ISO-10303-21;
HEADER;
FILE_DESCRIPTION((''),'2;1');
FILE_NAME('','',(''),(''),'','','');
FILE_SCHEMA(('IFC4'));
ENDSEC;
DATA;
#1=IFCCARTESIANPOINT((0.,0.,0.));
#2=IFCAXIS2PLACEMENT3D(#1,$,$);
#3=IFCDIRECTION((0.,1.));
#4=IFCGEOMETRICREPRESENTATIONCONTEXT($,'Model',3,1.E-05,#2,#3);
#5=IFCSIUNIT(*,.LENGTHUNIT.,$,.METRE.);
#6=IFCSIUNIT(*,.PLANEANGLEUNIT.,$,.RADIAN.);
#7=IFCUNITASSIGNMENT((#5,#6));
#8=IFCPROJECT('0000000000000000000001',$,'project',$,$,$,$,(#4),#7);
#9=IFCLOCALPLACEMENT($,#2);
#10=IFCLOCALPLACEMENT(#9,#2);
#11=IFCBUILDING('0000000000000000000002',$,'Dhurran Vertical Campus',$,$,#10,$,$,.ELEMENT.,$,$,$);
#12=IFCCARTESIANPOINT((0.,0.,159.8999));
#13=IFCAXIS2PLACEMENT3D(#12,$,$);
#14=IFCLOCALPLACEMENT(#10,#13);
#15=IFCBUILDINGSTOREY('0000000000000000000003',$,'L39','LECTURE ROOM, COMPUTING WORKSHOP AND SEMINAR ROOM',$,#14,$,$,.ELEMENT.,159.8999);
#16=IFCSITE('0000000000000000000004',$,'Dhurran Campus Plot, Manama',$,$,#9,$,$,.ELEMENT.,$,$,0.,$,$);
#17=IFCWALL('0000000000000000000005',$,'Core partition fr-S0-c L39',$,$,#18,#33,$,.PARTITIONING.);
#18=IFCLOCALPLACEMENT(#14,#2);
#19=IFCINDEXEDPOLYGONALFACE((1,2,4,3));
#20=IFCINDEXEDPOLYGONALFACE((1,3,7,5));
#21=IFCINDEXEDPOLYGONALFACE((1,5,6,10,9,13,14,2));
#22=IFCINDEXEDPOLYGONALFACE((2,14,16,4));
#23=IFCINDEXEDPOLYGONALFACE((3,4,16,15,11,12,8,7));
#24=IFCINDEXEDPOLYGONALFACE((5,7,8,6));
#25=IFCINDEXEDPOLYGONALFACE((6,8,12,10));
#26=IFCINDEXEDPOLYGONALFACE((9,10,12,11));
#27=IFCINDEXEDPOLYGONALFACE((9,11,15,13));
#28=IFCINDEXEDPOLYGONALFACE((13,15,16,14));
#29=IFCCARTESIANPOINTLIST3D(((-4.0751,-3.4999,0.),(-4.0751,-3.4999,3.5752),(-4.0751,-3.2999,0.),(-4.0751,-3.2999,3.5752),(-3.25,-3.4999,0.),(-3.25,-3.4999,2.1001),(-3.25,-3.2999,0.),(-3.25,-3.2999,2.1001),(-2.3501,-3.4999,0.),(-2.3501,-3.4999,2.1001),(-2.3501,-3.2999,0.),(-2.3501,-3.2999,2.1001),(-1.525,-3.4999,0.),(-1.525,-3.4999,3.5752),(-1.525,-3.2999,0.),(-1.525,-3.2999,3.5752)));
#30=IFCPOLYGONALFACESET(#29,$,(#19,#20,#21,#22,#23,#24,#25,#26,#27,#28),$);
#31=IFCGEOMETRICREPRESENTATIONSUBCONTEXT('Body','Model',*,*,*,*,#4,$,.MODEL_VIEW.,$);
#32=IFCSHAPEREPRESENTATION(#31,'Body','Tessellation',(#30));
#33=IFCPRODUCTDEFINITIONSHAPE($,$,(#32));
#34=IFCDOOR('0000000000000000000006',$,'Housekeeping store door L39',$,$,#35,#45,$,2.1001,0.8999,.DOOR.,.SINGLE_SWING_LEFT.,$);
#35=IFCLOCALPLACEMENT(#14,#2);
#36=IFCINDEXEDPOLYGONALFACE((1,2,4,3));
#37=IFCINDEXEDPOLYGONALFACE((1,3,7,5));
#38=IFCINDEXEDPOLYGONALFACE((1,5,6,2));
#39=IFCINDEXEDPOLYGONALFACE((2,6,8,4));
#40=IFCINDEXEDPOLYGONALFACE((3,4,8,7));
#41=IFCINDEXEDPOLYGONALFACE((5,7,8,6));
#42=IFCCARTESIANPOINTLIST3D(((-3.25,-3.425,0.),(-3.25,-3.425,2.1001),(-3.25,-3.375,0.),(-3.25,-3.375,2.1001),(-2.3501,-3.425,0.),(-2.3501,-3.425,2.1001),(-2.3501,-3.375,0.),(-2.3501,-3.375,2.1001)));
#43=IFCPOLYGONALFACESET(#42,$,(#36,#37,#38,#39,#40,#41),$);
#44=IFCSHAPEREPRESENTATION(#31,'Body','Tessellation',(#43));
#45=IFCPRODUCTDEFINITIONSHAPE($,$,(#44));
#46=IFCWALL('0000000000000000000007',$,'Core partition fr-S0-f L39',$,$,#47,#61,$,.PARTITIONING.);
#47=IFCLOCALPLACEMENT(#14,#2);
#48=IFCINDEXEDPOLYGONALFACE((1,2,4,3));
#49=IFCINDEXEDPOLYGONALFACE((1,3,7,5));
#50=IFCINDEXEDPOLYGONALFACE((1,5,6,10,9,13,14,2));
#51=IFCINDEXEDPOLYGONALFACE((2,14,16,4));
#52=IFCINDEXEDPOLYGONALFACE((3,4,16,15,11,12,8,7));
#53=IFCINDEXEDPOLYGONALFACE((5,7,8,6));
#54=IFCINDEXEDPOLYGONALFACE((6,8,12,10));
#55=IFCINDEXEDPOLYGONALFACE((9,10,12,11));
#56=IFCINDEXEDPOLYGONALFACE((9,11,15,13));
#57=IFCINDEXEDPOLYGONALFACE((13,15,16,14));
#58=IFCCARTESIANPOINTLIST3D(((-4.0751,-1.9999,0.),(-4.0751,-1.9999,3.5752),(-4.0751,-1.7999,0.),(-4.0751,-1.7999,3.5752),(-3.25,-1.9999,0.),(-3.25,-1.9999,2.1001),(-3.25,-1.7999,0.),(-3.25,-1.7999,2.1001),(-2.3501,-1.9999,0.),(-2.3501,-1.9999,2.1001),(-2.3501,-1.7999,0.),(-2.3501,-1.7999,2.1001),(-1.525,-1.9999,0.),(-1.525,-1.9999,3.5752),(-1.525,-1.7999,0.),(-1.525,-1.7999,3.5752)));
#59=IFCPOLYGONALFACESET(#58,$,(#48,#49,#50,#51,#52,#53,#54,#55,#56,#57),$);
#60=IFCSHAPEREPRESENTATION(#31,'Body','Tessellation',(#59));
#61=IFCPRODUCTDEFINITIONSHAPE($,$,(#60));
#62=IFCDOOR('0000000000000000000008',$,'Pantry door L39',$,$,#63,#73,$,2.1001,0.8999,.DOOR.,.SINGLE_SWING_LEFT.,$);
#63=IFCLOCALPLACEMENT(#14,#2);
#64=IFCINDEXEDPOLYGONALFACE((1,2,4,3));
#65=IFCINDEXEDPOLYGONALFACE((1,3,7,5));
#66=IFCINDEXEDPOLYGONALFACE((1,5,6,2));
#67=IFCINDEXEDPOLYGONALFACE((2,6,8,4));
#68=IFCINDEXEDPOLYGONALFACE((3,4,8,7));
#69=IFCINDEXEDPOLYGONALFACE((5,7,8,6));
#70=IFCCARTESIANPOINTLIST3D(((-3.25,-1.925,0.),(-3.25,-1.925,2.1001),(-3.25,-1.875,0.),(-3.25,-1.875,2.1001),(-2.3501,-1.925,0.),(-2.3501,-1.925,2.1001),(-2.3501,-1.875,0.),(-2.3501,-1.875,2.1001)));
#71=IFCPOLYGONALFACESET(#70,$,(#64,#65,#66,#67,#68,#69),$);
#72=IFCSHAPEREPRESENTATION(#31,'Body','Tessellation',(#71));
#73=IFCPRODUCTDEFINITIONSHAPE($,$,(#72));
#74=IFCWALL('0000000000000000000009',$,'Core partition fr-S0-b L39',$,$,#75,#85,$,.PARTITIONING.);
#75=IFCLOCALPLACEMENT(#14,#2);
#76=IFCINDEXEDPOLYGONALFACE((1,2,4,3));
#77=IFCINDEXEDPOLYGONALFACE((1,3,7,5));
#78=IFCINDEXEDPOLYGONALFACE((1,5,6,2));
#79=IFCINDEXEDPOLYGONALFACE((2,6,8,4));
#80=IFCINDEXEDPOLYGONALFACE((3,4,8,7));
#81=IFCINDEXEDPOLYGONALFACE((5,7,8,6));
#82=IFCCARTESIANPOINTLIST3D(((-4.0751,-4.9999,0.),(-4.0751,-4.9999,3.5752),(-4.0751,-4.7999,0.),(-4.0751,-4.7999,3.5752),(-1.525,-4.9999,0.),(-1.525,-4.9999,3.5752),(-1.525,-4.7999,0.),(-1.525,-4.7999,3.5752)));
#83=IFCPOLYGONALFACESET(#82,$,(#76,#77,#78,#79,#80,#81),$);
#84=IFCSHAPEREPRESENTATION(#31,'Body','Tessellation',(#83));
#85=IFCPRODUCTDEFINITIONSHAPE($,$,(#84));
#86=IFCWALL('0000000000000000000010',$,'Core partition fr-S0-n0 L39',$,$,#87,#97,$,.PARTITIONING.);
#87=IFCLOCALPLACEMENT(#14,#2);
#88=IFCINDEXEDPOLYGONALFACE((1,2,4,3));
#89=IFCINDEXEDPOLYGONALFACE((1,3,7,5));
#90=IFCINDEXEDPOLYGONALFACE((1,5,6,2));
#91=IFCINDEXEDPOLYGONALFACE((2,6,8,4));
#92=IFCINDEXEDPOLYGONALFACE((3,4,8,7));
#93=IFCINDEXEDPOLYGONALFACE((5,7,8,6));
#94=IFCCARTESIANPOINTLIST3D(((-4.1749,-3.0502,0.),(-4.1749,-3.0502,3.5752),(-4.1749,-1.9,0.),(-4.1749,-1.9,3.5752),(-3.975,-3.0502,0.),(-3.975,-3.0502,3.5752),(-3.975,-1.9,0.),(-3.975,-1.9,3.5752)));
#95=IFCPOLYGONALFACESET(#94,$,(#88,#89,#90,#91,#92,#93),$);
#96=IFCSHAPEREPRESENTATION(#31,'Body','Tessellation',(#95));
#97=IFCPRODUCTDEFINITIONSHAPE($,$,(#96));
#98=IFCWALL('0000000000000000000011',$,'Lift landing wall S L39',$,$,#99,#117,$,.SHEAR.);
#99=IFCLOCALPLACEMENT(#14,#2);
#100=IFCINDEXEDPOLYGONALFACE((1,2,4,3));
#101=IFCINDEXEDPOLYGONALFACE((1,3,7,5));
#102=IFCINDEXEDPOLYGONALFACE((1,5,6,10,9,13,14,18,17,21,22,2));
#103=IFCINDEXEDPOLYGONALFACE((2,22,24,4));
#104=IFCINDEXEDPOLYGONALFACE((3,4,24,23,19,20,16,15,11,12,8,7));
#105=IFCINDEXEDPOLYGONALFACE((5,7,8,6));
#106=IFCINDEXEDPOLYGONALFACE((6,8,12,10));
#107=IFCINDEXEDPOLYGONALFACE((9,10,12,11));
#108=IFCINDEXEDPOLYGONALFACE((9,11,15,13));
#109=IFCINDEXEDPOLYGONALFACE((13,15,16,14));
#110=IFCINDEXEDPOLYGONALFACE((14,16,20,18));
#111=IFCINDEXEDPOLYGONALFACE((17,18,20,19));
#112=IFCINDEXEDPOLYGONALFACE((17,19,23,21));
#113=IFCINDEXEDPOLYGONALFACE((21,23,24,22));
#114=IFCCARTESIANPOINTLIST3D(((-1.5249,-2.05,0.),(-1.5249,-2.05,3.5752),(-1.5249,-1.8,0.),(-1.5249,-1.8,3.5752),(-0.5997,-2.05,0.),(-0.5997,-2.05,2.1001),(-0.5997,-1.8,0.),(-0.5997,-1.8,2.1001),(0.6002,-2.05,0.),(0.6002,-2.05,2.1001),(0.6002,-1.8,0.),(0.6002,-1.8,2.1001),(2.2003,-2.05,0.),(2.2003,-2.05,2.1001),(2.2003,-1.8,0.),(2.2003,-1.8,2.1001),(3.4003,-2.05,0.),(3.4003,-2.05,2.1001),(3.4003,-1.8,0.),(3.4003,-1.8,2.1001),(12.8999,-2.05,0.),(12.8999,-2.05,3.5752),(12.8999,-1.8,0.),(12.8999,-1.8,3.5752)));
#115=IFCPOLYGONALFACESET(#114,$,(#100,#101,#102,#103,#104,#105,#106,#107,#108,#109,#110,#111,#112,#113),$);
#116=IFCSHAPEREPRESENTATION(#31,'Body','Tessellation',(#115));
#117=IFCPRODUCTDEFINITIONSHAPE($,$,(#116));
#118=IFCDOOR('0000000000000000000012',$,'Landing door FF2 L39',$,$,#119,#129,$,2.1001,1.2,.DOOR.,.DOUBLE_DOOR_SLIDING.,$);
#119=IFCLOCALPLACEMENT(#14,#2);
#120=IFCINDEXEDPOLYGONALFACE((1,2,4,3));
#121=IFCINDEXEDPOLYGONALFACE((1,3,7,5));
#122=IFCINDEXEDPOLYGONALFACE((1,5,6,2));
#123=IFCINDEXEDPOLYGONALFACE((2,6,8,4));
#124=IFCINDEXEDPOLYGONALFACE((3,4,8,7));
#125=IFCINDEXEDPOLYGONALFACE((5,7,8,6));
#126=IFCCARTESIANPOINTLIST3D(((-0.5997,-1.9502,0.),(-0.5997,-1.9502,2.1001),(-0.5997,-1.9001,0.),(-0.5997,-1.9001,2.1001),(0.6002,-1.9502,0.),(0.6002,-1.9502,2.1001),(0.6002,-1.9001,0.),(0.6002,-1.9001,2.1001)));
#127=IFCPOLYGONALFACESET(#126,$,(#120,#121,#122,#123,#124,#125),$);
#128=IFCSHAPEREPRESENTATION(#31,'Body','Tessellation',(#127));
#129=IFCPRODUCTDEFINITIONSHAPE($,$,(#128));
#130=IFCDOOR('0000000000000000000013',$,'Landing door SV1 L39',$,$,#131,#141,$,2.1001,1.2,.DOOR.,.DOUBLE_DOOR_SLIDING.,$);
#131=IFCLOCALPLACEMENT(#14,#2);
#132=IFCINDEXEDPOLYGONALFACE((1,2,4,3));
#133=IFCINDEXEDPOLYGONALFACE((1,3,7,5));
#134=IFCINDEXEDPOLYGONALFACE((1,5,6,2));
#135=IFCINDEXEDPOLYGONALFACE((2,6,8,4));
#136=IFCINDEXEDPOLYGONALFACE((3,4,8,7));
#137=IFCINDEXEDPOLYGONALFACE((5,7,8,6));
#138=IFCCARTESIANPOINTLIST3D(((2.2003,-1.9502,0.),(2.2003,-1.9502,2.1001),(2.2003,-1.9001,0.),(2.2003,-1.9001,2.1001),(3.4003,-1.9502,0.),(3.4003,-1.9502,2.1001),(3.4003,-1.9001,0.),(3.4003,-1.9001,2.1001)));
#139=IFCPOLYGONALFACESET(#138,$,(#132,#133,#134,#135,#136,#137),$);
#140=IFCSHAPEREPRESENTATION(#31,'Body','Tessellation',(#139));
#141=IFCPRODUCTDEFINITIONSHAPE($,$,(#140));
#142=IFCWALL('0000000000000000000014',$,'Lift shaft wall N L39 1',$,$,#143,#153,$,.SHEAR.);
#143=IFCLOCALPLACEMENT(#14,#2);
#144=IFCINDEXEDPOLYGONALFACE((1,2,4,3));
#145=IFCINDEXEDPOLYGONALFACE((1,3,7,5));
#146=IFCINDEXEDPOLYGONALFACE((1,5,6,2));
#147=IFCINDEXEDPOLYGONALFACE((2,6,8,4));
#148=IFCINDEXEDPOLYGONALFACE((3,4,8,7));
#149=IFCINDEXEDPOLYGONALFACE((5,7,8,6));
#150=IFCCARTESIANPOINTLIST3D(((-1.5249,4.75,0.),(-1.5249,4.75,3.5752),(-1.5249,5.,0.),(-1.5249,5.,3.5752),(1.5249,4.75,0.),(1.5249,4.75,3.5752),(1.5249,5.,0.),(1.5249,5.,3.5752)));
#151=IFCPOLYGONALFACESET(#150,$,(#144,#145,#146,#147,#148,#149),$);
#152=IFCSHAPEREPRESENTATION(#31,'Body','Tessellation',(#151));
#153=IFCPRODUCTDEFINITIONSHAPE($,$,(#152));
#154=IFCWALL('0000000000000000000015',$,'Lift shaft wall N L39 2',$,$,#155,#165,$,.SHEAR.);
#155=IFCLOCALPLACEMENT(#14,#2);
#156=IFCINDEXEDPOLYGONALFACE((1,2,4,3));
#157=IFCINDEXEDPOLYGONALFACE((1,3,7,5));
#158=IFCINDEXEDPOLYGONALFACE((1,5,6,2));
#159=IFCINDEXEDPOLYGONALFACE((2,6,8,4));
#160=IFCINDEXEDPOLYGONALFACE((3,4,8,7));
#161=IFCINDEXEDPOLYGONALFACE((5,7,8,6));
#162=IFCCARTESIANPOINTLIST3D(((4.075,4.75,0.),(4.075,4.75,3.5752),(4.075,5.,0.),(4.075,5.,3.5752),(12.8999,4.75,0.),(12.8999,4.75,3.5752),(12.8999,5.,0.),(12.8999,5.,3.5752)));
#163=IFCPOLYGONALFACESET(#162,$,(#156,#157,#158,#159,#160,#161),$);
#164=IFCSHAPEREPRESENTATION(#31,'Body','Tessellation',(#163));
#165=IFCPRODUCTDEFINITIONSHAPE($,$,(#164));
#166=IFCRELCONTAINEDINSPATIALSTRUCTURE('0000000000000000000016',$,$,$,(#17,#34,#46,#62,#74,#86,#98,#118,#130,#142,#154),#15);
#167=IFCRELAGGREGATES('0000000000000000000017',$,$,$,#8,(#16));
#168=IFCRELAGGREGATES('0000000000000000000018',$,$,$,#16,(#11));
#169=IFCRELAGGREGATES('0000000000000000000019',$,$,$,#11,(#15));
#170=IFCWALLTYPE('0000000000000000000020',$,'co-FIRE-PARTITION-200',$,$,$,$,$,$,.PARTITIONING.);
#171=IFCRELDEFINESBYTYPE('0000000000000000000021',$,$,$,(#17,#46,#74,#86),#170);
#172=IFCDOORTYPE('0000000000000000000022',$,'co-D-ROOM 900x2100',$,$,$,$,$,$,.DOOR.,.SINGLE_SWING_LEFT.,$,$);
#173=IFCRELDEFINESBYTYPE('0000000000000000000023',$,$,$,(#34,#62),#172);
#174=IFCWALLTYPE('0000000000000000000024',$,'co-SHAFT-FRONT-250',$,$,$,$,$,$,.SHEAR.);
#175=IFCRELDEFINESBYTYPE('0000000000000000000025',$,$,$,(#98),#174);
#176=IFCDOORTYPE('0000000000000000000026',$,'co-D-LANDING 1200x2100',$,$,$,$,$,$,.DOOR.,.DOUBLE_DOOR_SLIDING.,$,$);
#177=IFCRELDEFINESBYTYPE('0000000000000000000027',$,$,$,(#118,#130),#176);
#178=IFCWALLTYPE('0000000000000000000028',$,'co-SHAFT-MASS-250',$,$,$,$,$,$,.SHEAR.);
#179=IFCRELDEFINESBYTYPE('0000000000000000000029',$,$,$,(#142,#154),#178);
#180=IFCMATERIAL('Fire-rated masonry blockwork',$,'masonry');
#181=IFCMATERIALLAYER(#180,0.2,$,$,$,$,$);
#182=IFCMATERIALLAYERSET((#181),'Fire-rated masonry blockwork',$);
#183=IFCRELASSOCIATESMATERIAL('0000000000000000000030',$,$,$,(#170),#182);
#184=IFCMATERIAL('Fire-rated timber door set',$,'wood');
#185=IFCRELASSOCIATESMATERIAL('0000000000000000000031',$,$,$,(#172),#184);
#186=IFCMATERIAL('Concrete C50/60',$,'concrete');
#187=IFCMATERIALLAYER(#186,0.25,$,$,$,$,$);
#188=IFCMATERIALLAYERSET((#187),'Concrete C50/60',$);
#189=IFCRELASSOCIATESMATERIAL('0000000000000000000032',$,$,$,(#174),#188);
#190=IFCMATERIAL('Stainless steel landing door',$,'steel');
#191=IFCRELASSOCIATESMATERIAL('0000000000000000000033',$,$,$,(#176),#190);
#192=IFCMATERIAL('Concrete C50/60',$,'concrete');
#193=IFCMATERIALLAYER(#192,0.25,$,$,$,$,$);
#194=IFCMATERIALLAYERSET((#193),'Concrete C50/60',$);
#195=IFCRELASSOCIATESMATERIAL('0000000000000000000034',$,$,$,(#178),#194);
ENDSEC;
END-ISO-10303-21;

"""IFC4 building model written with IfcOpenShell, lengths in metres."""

from ifc_helpers import new_model, si_unit, direction, frame, frame_2d, origin, place, context, subcontext, project, spatial, polyline, rectangle, outline, extrude, material, layer, layer_set, type_object, element, fill, save


model = new_model("IFC4")

# Units and contexts
model_context = context("Model", 3, precision=1e-05, world=origin(), true_north=direction((0.0, 1.0)))
body_context = subcontext(model_context, "Body", "Model", "MODEL_VIEW")
ifc_project = project(units=[si_unit("LENGTHUNIT", "METRE"), si_unit("PLANEANGLEUNIT", "RADIAN")], contexts=[model_context])

# Site, building, storey
site_placement = place(None, origin())
site = spatial("IfcSite", under=ifc_project, at=site_placement, Name="Dhurran Campus Plot, Manama", CompositionType="ELEMENT", RefElevation=0.0)
building_placement = place(site_placement, origin())
building = spatial("IfcBuilding", under=site, at=building_placement, Name="Dhurran Vertical Campus", CompositionType="ELEMENT")
storey_placement = place(building_placement, frame((0.0, 0.0, 159.8999)))
storey = spatial("IfcBuildingStorey", under=building, at=storey_placement, Name="L39", Description="LECTURE ROOM, COMPUTING WORKSHOP AND SEMINAR ROOM", CompositionType="ELEMENT", Elevation=159.8999)

# Shared definitions
ifc_material_1 = material(Name="Fire-rated masonry blockwork", Category="masonry")
ifc_layer_1 = layer(ifc_material_1, 0.2)
ifc_layer_set_1 = layer_set([ifc_layer_1], Name="Fire-rated masonry blockwork")
wall_type_1 = type_object("IfcWallType", Name="co-FIRE-PARTITION-200", PredefinedType="PARTITIONING", material=ifc_layer_set_1)

# Walls, openings, doors
wall_1_placement = place(storey_placement, frame((-4.075, -3.3999, 0.0), z_axis=(0.0, 0.0, 1.0), x_axis=(1.0, 0.0, 0.0)))
wall_1 = element("IfcWall", 1, at=wall_1_placement, inside=storey, type_object=wall_type_1, Name="Core partition fr-S0-c L39", PredefinedType="PARTITIONING", context=body_context, shape_type="SweptSolid", body=[
    extrude(rectangle(XDim=2.55, YDim=0.2, at=frame_2d((1.2749, 0.0))), origin(), (0.0, 0.0, 1.0), 3.5752),
])
opening_1_placement = place(wall_1_placement, frame((0.825, 0.0, 0.0)))
opening_1 = element("IfcOpeningElement", 2, at=opening_1_placement, cuts=wall_1, PredefinedType="OPENING", context=body_context, shape_type="SweptSolid", body=[
    extrude(rectangle(XDim=0.8999, YDim=2.1001, at=frame_2d((0.45, 1.05))), frame((0.0, 0.1099, 0.0), z_axis=(0.0, -1.0, 0.0), x_axis=(1.0, 0.0, 0.0)), (0.0, 0.0, 1.0), 0.22),
])
ifc_material_2 = material(Name="Fire-rated timber door set", Category="wood")
door_type_1 = type_object("IfcDoorType", Name="co-D-ROOM 900x2100", OperationType="SINGLE_SWING_LEFT", PredefinedType="DOOR", material=ifc_material_2)
door_1_placement = place(opening_1_placement, origin())
door_1 = element("IfcDoor", 3, at=door_1_placement, inside=storey, type_object=door_type_1, Name="Housekeeping store door L39", OperationType="SINGLE_SWING_LEFT", OverallHeight=2.1001, OverallWidth=0.8999, PredefinedType="DOOR", context=body_context, shape_type="SweptSolid", body=[
    extrude(rectangle(XDim=0.8999, YDim=2.1001, at=frame_2d((0.45, 1.05))), frame((0.0, 0.0249, 0.0), z_axis=(0.0, -1.0, 0.0), x_axis=(1.0, 0.0, 0.0)), (0.0, 0.0, 1.0), 0.05),
])
fill(opening_1, door_1)
wall_2_placement = place(storey_placement, frame((-4.075, -1.8999, 0.0), z_axis=(0.0, 0.0, 1.0), x_axis=(1.0, 0.0, 0.0)))
wall_2 = element("IfcWall", 4, at=wall_2_placement, inside=storey, type_object=wall_type_1, Name="Core partition fr-S0-f L39", PredefinedType="PARTITIONING", context=body_context, shape_type="SweptSolid", body=[
    extrude(rectangle(XDim=2.55, YDim=0.2, at=frame_2d((1.2749, 0.0))), origin(), (0.0, 0.0, 1.0), 3.5752),
])
opening_2_placement = place(wall_2_placement, frame((0.825, 0.0, 0.0)))
opening_2 = element("IfcOpeningElement", 5, at=opening_2_placement, cuts=wall_2, PredefinedType="OPENING", context=body_context, shape_type="SweptSolid", body=[
    extrude(rectangle(XDim=0.8999, YDim=2.1001, at=frame_2d((0.45, 1.05))), frame((0.0, 0.1099, 0.0), z_axis=(0.0, -1.0, 0.0), x_axis=(1.0, 0.0, 0.0)), (0.0, 0.0, 1.0), 0.22),
])
door_2_placement = place(opening_2_placement, origin())
door_2 = element("IfcDoor", 6, at=door_2_placement, inside=storey, type_object=door_type_1, Name="Pantry door L39", OperationType="SINGLE_SWING_LEFT", OverallHeight=2.1001, OverallWidth=0.8999, PredefinedType="DOOR", context=body_context, shape_type="SweptSolid", body=[
    extrude(rectangle(XDim=0.8999, YDim=2.1001, at=frame_2d((0.45, 1.05))), frame((0.0, 0.0249, 0.0), z_axis=(0.0, -1.0, 0.0), x_axis=(1.0, 0.0, 0.0)), (0.0, 0.0, 1.0), 0.05),
])
fill(opening_2, door_2)

# Walls
wall_3_placement = place(storey_placement, frame((-4.075, -4.8999, 0.0), z_axis=(0.0, 0.0, 1.0), x_axis=(1.0, 0.0, 0.0)))
element("IfcWall", 7, at=wall_3_placement, inside=storey, type_object=wall_type_1, Name="Core partition fr-S0-b L39", PredefinedType="PARTITIONING", context=body_context, shape_type="SweptSolid", body=[
    extrude(rectangle(XDim=2.55, YDim=0.2, at=frame_2d((1.2749, 0.0))), origin(), (0.0, 0.0, 1.0), 3.5752),
])
wall_4_placement = place(storey_placement, frame((-4.075, -1.8999, 0.0), z_axis=(0.0, 0.0, 1.0), x_axis=(0.0, -1.0, 0.0)))
element("IfcWall", 8, at=wall_4_placement, inside=storey, type_object=wall_type_1, Name="Core partition fr-S0-n0 L39", PredefinedType="PARTITIONING", context=body_context, shape_type="SweptSolid", body=[
    extrude(rectangle(XDim=1.1501, YDim=0.2, at=frame_2d((0.5752, 0.0))), origin(), (0.0, 0.0, 1.0), 3.5752),
])

# Wall, openings, doors
ifc_material_3 = material(Name="Concrete C50/60", Category="concrete")
ifc_layer_2 = layer(ifc_material_3, 0.25)
ifc_layer_set_2 = layer_set([ifc_layer_2], Name="Concrete C50/60")
wall_type_2 = type_object("IfcWallType", Name="co-SHAFT-FRONT-250", PredefinedType="SHEAR", material=ifc_layer_set_2)
wall_5_placement = place(storey_placement, frame((-1.5249, -1.925, 0.0), z_axis=(0.0, 0.0, 1.0), x_axis=(1.0, 0.0, 0.0)))
wall_5 = element("IfcWall", 9, at=wall_5_placement, inside=storey, type_object=wall_type_2, Name="Lift landing wall S L39", PredefinedType="SHEAR", context=body_context, shape_type="SweptSolid", body=[
    extrude(rectangle(XDim=14.4248, YDim=0.25, at=frame_2d((7.2124, 0.0))), origin(), (0.0, 0.0, 1.0), 3.5752),
])
opening_3_placement = place(wall_5_placement, frame((0.925, 0.0, 0.0)))
opening_3 = element("IfcOpeningElement", 10, at=opening_3_placement, cuts=wall_5, PredefinedType="OPENING", context=body_context, shape_type="SweptSolid", body=[
    extrude(rectangle(XDim=1.2, YDim=2.1001, at=frame_2d((0.6001, 1.05))), frame((0.0, 0.135, 0.0), z_axis=(0.0, -1.0, 0.0), x_axis=(1.0, 0.0, 0.0)), (0.0, 0.0, 1.0), 0.27),
])
opening_4_placement = place(wall_5_placement, frame((3.7251, 0.0, 0.0)))
opening_4 = element("IfcOpeningElement", 11, at=opening_4_placement, cuts=wall_5, PredefinedType="OPENING", context=body_context, shape_type="SweptSolid", body=[
    extrude(rectangle(XDim=1.2, YDim=2.1001, at=frame_2d((0.6001, 1.05))), frame((0.0, 0.135, 0.0), z_axis=(0.0, -1.0, 0.0), x_axis=(1.0, 0.0, 0.0)), (0.0, 0.0, 1.0), 0.27),
])
ifc_material_4 = material(Name="Stainless steel landing door", Category="steel")
door_type_2 = type_object("IfcDoorType", Name="co-D-LANDING 1200x2100", OperationType="DOUBLE_DOOR_SLIDING", PredefinedType="DOOR", material=ifc_material_4)
door_3_placement = place(opening_3_placement, origin())
door_3 = element("IfcDoor", 12, at=door_3_placement, inside=storey, type_object=door_type_2, Name="Landing door FF2 L39", OperationType="DOUBLE_DOOR_SLIDING", OverallHeight=2.1001, OverallWidth=1.2, PredefinedType="DOOR", context=body_context, shape_type="SweptSolid", body=[
    extrude(rectangle(XDim=1.2, YDim=2.1001, at=frame_2d((0.6001, 1.05))), frame((0.0, 0.0249, 0.0), z_axis=(0.0, -1.0, 0.0), x_axis=(1.0, 0.0, 0.0)), (0.0, 0.0, 1.0), 0.05),
])
fill(opening_3, door_3)
door_4_placement = place(opening_4_placement, origin())
door_4 = element("IfcDoor", 13, at=door_4_placement, inside=storey, type_object=door_type_2, Name="Landing door SV1 L39", OperationType="DOUBLE_DOOR_SLIDING", OverallHeight=2.1001, OverallWidth=1.2, PredefinedType="DOOR", context=body_context, shape_type="SweptSolid", body=[
    extrude(rectangle(XDim=1.2, YDim=2.1001, at=frame_2d((0.6001, 1.05))), frame((0.0, 0.0249, 0.0), z_axis=(0.0, -1.0, 0.0), x_axis=(1.0, 0.0, 0.0)), (0.0, 0.0, 1.0), 0.05),
])
fill(opening_4, door_4)

# Walls
ifc_material_5 = material(Name="Concrete C50/60", Category="concrete")
ifc_layer_3 = layer(ifc_material_5, 0.25)
ifc_layer_set_3 = layer_set([ifc_layer_3], Name="Concrete C50/60")
wall_type_3 = type_object("IfcWallType", Name="co-SHAFT-MASS-250", PredefinedType="SHEAR", material=ifc_layer_set_3)
wall_6_placement = place(storey_placement, origin())
element("IfcWall", 14, at=wall_6_placement, inside=storey, type_object=wall_type_3, Name="Lift shaft wall N L39 1", PredefinedType="SHEAR", context=body_context, shape_type="SweptSolid", body=[
    extrude(outline(polyline([(-1.5249, 4.75), (1.5249, 4.75), (1.5249, 5.0), (-1.5249, 5.0), (-1.5249, 4.75)])), origin(), (0.0, 0.0, 1.0), 3.5752),
])
wall_7_placement = place(storey_placement, origin())
element("IfcWall", 15, at=wall_7_placement, inside=storey, type_object=wall_type_3, Name="Lift shaft wall N L39 2", PredefinedType="SHEAR", context=body_context, shape_type="SweptSolid", body=[
    extrude(outline(polyline([(4.075, 4.75), (12.8999, 4.75), (12.8999, 5.0), (4.075, 5.0), (4.075, 4.75)])), origin(), (0.0, 0.0, 1.0), 3.5752),
])

save(model, "model.ifc")
